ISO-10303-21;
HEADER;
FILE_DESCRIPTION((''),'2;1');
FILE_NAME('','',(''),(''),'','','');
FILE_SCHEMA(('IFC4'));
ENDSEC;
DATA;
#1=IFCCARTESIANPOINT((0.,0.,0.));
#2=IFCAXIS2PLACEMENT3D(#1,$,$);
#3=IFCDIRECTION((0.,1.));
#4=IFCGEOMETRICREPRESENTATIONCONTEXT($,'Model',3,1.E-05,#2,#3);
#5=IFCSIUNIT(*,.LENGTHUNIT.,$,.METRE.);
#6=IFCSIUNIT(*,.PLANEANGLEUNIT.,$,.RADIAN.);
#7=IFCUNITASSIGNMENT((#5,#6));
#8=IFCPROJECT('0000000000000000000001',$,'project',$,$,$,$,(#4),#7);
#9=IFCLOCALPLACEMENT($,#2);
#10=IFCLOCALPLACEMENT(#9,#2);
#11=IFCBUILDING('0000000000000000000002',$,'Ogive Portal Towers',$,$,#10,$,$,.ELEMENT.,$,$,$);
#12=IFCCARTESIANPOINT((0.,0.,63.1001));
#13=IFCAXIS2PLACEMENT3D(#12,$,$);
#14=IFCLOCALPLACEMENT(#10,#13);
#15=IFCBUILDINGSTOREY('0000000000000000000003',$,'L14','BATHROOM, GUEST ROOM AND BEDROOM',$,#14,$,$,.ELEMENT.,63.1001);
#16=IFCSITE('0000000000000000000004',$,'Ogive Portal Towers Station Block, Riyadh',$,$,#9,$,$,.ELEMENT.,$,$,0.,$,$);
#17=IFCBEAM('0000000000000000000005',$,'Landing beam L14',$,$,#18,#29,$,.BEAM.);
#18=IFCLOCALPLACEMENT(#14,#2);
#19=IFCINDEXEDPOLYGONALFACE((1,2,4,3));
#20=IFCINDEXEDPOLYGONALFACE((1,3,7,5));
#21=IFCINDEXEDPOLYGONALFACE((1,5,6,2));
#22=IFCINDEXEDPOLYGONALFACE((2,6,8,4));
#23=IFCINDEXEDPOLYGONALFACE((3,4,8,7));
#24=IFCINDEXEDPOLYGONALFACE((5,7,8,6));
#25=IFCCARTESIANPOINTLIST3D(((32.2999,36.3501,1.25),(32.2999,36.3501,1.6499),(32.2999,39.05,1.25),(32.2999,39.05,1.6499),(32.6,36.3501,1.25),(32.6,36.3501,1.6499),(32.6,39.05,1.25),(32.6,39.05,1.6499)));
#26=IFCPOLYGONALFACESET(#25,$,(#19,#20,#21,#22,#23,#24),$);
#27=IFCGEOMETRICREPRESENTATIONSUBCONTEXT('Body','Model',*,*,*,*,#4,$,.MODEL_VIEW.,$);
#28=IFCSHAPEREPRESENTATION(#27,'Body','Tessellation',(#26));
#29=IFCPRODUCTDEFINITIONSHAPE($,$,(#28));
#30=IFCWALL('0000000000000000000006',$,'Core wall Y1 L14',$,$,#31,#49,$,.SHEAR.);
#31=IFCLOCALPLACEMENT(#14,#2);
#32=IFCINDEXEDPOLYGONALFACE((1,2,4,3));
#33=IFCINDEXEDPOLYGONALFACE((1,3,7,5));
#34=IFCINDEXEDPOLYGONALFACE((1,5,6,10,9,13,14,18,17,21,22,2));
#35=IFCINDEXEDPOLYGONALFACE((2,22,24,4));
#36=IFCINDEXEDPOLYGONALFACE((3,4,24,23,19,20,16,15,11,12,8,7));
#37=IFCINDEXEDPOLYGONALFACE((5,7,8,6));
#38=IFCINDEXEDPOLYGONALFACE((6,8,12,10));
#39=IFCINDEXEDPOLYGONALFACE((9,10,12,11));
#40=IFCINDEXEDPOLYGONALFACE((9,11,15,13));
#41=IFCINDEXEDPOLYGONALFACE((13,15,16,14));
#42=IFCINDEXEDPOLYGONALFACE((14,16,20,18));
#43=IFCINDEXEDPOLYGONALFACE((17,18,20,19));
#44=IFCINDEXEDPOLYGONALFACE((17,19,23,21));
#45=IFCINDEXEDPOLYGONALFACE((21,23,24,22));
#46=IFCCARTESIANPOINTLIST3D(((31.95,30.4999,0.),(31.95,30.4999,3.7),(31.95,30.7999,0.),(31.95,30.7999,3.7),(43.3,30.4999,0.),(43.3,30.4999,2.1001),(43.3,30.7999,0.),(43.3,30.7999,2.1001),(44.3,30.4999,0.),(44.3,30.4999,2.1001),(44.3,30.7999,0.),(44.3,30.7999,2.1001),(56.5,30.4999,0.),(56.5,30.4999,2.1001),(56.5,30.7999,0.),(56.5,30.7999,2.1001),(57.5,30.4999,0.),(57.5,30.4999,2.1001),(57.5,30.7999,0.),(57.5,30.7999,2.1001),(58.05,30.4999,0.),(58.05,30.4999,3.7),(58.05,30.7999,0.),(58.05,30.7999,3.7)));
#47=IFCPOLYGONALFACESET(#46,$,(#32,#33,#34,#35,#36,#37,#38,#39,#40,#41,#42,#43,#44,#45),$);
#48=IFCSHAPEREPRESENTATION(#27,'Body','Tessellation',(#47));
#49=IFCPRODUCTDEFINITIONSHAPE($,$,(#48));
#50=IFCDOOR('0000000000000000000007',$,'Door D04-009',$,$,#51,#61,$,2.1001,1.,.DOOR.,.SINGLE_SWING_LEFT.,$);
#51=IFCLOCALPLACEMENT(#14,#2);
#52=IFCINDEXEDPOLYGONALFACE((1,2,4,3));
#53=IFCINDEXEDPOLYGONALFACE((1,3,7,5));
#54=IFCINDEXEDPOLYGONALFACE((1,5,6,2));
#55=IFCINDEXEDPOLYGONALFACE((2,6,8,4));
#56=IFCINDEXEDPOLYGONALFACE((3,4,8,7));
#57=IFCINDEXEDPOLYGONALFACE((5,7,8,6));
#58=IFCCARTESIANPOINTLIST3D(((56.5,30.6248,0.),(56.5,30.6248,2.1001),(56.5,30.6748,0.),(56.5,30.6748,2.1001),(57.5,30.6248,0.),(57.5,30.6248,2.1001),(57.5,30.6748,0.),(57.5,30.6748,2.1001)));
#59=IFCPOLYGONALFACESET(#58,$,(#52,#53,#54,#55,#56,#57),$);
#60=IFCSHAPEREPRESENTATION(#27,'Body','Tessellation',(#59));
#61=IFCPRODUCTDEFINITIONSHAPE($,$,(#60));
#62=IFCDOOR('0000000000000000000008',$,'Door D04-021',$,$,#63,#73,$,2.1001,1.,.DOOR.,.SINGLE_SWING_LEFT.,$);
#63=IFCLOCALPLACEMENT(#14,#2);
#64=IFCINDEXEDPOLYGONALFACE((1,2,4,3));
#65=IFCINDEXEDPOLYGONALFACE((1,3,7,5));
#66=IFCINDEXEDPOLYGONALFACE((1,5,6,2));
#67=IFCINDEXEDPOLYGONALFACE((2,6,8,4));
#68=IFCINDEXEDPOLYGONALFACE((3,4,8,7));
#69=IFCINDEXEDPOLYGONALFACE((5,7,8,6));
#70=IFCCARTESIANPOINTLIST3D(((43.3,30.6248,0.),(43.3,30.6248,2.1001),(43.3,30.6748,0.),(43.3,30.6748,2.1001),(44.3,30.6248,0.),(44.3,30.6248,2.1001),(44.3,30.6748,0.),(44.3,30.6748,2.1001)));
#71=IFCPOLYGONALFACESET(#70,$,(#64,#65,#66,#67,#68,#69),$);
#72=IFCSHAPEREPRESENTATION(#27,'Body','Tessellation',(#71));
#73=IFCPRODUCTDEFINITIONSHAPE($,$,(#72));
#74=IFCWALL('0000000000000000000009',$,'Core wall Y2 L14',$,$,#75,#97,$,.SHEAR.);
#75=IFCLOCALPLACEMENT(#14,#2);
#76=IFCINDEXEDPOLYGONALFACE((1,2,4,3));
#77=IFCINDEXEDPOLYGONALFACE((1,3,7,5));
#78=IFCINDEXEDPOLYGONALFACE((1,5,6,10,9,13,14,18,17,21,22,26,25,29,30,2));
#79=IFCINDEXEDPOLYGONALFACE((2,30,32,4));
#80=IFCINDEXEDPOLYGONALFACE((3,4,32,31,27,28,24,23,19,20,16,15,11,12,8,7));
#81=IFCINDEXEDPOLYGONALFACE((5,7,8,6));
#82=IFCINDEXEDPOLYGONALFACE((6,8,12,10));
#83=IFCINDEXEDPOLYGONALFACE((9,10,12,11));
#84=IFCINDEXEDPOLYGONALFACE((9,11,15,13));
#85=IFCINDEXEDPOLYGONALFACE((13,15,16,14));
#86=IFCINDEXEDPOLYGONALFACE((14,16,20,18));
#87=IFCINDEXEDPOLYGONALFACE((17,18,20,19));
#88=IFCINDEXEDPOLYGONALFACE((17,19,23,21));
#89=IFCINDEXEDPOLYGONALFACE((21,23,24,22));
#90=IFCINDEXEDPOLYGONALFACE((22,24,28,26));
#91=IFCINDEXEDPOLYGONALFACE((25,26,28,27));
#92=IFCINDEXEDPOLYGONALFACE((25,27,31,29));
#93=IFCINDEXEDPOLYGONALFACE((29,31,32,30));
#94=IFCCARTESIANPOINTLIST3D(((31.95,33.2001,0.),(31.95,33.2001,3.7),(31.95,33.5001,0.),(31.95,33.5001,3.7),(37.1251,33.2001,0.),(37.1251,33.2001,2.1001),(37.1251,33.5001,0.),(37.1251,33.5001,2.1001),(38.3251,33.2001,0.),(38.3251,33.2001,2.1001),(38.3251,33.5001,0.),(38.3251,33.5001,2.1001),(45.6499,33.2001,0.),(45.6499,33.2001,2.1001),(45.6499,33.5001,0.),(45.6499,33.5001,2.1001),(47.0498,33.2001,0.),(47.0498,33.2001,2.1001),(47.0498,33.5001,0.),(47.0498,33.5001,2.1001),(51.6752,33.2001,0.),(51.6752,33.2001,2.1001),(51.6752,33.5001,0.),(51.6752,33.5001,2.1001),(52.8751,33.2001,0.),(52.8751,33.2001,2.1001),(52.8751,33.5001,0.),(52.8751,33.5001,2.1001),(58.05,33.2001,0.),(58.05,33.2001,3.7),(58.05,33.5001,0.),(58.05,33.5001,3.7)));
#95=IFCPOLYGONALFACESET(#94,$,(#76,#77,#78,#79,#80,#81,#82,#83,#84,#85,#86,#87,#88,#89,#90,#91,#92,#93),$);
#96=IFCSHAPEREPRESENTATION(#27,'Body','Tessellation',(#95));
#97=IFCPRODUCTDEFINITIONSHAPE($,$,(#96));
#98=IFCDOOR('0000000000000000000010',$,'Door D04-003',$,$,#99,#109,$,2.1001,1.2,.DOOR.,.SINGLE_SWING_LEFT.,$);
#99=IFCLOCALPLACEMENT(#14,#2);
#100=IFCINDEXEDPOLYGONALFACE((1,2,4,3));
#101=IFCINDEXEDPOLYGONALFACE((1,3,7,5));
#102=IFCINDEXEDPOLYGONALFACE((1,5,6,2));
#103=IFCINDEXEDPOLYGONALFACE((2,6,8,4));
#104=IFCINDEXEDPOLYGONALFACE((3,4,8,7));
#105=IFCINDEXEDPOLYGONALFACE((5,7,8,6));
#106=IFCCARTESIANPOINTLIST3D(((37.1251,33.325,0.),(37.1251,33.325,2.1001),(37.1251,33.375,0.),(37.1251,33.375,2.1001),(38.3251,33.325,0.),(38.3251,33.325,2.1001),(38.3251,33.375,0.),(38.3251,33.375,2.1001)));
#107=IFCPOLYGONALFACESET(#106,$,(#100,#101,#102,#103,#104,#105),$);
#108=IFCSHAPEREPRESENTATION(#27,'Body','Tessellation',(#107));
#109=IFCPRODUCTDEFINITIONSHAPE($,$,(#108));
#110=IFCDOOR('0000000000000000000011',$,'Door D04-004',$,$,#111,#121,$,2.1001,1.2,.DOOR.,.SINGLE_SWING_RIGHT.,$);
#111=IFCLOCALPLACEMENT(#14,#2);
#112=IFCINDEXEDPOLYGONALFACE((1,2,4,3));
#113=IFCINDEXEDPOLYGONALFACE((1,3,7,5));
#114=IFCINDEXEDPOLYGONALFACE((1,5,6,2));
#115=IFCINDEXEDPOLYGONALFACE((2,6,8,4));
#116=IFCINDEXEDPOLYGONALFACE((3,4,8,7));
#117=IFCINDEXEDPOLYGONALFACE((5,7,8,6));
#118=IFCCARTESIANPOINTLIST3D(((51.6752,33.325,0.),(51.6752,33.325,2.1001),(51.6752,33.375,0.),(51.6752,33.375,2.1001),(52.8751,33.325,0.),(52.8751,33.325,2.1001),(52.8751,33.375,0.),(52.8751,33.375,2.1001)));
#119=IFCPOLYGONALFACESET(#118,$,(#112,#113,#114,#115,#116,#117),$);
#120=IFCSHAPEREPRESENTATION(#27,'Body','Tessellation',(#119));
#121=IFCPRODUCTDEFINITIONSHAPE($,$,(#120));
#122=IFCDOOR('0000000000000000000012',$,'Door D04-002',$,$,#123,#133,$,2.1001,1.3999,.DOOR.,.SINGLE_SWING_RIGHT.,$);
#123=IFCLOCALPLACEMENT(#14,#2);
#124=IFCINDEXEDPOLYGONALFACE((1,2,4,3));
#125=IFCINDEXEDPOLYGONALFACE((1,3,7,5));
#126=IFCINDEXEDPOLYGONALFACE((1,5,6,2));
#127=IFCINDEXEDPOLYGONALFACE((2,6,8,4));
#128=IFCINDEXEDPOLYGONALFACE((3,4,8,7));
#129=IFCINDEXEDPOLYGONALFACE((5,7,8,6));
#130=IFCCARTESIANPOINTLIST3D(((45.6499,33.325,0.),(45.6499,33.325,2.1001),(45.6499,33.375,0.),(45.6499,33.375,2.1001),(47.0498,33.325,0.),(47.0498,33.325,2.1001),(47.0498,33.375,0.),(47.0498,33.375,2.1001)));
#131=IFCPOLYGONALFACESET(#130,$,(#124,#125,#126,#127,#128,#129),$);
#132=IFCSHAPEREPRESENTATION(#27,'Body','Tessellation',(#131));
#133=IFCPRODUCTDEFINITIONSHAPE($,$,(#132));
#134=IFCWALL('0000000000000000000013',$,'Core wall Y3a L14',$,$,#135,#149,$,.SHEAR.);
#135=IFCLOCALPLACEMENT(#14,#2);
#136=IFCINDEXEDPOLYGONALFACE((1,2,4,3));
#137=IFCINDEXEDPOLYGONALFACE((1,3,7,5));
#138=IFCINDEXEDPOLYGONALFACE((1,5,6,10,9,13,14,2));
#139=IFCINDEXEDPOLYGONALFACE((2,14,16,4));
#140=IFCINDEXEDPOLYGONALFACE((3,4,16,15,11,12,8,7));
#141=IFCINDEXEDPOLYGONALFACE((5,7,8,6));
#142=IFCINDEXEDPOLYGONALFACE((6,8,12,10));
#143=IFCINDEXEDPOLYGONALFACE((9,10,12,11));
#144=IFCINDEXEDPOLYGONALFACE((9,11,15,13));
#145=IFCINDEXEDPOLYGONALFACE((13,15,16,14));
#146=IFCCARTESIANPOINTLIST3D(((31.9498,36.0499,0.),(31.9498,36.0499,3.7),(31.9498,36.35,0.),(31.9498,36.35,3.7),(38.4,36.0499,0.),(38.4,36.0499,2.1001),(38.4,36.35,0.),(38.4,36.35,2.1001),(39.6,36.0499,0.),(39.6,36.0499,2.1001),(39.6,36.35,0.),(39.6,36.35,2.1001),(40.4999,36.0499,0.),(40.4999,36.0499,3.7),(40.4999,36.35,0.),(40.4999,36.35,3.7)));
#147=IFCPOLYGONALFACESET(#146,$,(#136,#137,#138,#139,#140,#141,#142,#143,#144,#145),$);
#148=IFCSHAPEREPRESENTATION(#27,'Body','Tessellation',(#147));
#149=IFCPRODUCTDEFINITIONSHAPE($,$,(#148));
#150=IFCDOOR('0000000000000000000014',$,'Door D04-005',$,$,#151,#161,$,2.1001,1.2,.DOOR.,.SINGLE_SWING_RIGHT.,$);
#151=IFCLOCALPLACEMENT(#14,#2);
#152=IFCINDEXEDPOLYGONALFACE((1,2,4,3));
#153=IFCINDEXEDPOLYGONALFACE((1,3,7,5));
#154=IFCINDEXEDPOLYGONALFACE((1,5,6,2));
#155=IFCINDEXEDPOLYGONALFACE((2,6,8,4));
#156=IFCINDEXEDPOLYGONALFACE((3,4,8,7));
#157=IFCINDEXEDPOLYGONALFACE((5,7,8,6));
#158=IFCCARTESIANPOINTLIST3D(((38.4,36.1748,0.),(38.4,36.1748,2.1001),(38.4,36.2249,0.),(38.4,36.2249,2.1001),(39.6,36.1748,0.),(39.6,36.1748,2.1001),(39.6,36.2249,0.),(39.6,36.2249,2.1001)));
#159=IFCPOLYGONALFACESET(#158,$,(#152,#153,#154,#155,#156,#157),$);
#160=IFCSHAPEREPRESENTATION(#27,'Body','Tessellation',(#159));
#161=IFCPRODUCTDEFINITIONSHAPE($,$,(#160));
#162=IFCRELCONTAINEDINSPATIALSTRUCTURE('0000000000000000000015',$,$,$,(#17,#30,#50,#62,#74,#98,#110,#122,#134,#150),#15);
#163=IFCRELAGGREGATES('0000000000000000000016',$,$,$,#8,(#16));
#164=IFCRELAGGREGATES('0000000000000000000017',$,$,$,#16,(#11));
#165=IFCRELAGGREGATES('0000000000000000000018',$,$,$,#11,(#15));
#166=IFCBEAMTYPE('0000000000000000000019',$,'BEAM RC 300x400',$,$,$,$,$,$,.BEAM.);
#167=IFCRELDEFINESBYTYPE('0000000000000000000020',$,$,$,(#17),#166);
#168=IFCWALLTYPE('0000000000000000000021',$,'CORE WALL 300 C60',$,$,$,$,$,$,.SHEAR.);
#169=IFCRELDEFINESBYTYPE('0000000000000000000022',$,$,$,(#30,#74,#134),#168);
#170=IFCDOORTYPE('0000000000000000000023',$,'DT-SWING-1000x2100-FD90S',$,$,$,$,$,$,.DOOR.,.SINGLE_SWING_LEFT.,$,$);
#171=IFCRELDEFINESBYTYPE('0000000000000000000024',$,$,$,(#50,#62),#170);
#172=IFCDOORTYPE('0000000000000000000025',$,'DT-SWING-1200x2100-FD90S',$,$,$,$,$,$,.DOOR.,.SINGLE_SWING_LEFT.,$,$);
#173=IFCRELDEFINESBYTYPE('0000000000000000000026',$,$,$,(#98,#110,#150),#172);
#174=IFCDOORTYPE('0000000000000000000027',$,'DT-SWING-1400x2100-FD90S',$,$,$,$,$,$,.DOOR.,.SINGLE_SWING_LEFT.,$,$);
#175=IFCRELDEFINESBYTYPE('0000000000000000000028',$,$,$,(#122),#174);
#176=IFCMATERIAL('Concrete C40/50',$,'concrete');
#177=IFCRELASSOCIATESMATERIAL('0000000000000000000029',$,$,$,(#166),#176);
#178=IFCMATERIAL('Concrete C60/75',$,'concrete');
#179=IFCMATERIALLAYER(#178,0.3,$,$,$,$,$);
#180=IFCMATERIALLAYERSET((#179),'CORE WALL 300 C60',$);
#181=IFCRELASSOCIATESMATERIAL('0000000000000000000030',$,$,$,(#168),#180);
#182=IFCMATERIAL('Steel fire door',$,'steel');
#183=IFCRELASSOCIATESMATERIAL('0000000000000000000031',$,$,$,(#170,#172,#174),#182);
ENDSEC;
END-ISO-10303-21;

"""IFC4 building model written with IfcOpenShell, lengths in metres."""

from ifc_helpers import new_model, si_unit, direction, frame, frame_2d, origin, origin_2d, place, context, subcontext, project, spatial, rectangle, extrude, material, layer, layer_set, material_profile, profile_set, type_object, element, fill, save


model = new_model("IFC4")

# Units and contexts
model_context = context("Model", 3, precision=1e-05, world=origin(), true_north=direction((0.0, 1.0)))
body_context = subcontext(model_context, "Body", "Model", "MODEL_VIEW")
ifc_project = project(units=[si_unit("LENGTHUNIT", "METRE"), si_unit("PLANEANGLEUNIT", "RADIAN")], contexts=[model_context])

# Site, building, storey
site_placement = place(None, origin())
site = spatial("IfcSite", under=ifc_project, at=site_placement, Name="Ogive Portal Towers Station Block, Riyadh", CompositionType="ELEMENT", RefElevation=0.0)
building_placement = place(site_placement, origin())
building = spatial("IfcBuilding", under=site, at=building_placement, Name="Ogive Portal Towers", CompositionType="ELEMENT")
storey_placement = place(building_placement, frame((0.0, 0.0, 63.1001)))
storey = spatial("IfcBuildingStorey", under=building, at=storey_placement, Name="L14", Description="BATHROOM, GUEST ROOM AND BEDROOM", CompositionType="ELEMENT", Elevation=63.1001)

# Beam
ifc_material_1 = material(Name="Concrete C40/50", Category="concrete")
ifc_material_profile = material_profile(ifc_material_1, rectangle(XDim=0.3, YDim=0.3999, at=origin_2d()), Name="RC 300x400")
ifc_profile_set = profile_set([ifc_material_profile], Name="Concrete C40/50")
beam_type = type_object("IfcBeamType", Name="BEAM RC 300x400", PredefinedType="BEAM", material=ifc_profile_set)
beam_placement = place(storey_placement, frame((32.45, 36.3501, 1.45), z_axis=(0.0, 1.0, 0.0), x_axis=(-1.0, 0.0, 0.0)))
element("IfcBeam", 1, at=beam_placement, inside=storey, type_object=beam_type, Name="Landing beam L14", PredefinedType="BEAM", context=body_context, shape_type="SweptSolid", body=[
    extrude(rectangle(XDim=0.3, YDim=0.3999, at=origin_2d()), origin(), (0.0, 0.0, 1.0), 2.7),
])

# Walls, openings, doors
ifc_material_2 = material(Name="Concrete C60/75", Category="concrete")
ifc_layer = layer(ifc_material_2, 0.3)
ifc_layer_set = layer_set([ifc_layer], Name="CORE WALL 300 C60")
wall_type = type_object("IfcWallType", Name="CORE WALL 300 C60", PredefinedType="SHEAR", material=ifc_layer_set)
wall_1_placement = place(storey_placement, frame((31.95, 30.6499, 0.0), z_axis=(0.0, 0.0, 1.0), x_axis=(1.0, 0.0, 0.0)))
wall_1 = element("IfcWall", 2, at=wall_1_placement, inside=storey, type_object=wall_type, Name="Core wall Y1 L14", PredefinedType="SHEAR", context=body_context, shape_type="SweptSolid", body=[
    extrude(rectangle(XDim=26.1001, YDim=0.3, at=frame_2d((13.05, 0.0))), origin(), (0.0, 0.0, 1.0), 3.7),
])
opening_1_placement = place(wall_1_placement, frame((24.55, 0.0, 0.0)))
opening_1 = element("IfcOpeningElement", 3, at=opening_1_placement, cuts=wall_1, PredefinedType="OPENING", context=body_context, shape_type="SweptSolid", body=[
    extrude(rectangle(XDim=1.0, YDim=2.1001, at=frame_2d((0.5, 1.05))), frame((0.0, 0.1602, 0.0), z_axis=(0.0, -1.0, 0.0), x_axis=(1.0, 0.0, 0.0)), (0.0, 0.0, 1.0), 0.3201),
])
opening_2_placement = place(wall_1_placement, frame((11.3501, 0.0, 0.0)))
opening_2 = element("IfcOpeningElement", 4, at=opening_2_placement, cuts=wall_1, PredefinedType="OPENING", context=body_context, shape_type="SweptSolid", body=[
    extrude(rectangle(XDim=1.0, YDim=2.1001, at=frame_2d((0.5, 1.05))), frame((0.0, 0.1602, 0.0), z_axis=(0.0, -1.0, 0.0), x_axis=(1.0, 0.0, 0.0)), (0.0, 0.0, 1.0), 0.3201),
])
ifc_material_3 = material(Name="Steel fire door", Category="steel")
door_type_1 = type_object("IfcDoorType", Name="DT-SWING-1000x2100-FD90S", OperationType="SINGLE_SWING_LEFT", PredefinedType="DOOR", material=ifc_material_3)
door_1_placement = place(opening_1_placement, origin())
door_1 = element("IfcDoor", 5, at=door_1_placement, inside=storey, type_object=door_type_1, Name="Door D04-009", OperationType="SINGLE_SWING_LEFT", OverallHeight=2.1001, OverallWidth=1.0, PredefinedType="DOOR", context=body_context, shape_type="SweptSolid", body=[
    extrude(rectangle(XDim=1.0, YDim=2.1001, at=frame_2d((0.5, 1.05))), frame((0.0, 0.0249, 0.0), z_axis=(0.0, -1.0, 0.0), x_axis=(1.0, 0.0, 0.0)), (0.0, 0.0, 1.0), 0.05),
])
fill(opening_1, door_1)
door_2_placement = place(opening_2_placement, origin())
door_2 = element("IfcDoor", 6, at=door_2_placement, inside=storey, type_object=door_type_1, Name="Door D04-021", OperationType="SINGLE_SWING_LEFT", OverallHeight=2.1001, OverallWidth=1.0, PredefinedType="DOOR", context=body_context, shape_type="SweptSolid", body=[
    extrude(rectangle(XDim=1.0, YDim=2.1001, at=frame_2d((0.5, 1.05))), frame((0.0, 0.0249, 0.0), z_axis=(0.0, -1.0, 0.0), x_axis=(1.0, 0.0, 0.0)), (0.0, 0.0, 1.0), 0.05),
])
fill(opening_2, door_2)
wall_2_placement = place(storey_placement, frame((31.95, 33.3501, 0.0), z_axis=(0.0, 0.0, 1.0), x_axis=(1.0, 0.0, 0.0)))
wall_2 = element("IfcWall", 7, at=wall_2_placement, inside=storey, type_object=wall_type, Name="Core wall Y2 L14", PredefinedType="SHEAR", context=body_context, shape_type="SweptSolid", body=[
    extrude(rectangle(XDim=26.1001, YDim=0.3, at=frame_2d((13.05, 0.0))), origin(), (0.0, 0.0, 1.0), 3.7),
])
opening_3_placement = place(wall_2_placement, frame((13.7, 0.0, 0.0)))
opening_3 = element("IfcOpeningElement", 8, at=opening_3_placement, cuts=wall_2, PredefinedType="OPENING", context=body_context, shape_type="SweptSolid", body=[
    extrude(rectangle(XDim=1.3999, YDim=2.1001, at=frame_2d((0.7, 1.05))), frame((0.0, 0.1602, 0.0), z_axis=(0.0, -1.0, 0.0), x_axis=(1.0, 0.0, 0.0)), (0.0, 0.0, 1.0), 0.3201),
])
opening_4_placement = place(wall_2_placement, frame((5.175, 0.0, 0.0)))
opening_4 = element("IfcOpeningElement", 9, at=opening_4_placement, cuts=wall_2, PredefinedType="OPENING", context=body_context, shape_type="SweptSolid", body=[
    extrude(rectangle(XDim=1.2, YDim=2.1001, at=frame_2d((0.6001, 1.05))), frame((0.0, 0.1602, 0.0), z_axis=(0.0, -1.0, 0.0), x_axis=(1.0, 0.0, 0.0)), (0.0, 0.0, 1.0), 0.3201),
])
opening_5_placement = place(wall_2_placement, frame((19.7251, 0.0, 0.0)))
opening_5 = element("IfcOpeningElement", 10, at=opening_5_placement, cuts=wall_2, PredefinedType="OPENING", context=body_context, shape_type="SweptSolid", body=[
    extrude(rectangle(XDim=1.2, YDim=2.1001, at=frame_2d((0.6001, 1.05))), frame((0.0, 0.1602, 0.0), z_axis=(0.0, -1.0, 0.0), x_axis=(1.0, 0.0, 0.0)), (0.0, 0.0, 1.0), 0.3201),
])
door_type_2 = type_object("IfcDoorType", Name="DT-SWING-1200x2100-FD90S", OperationType="SINGLE_SWING_LEFT", PredefinedType="DOOR", material=ifc_material_3)
door_3_placement = place(opening_4_placement, origin())
door_3 = element("IfcDoor", 11, at=door_3_placement, inside=storey, type_object=door_type_2, Name="Door D04-003", OperationType="SINGLE_SWING_LEFT", OverallHeight=2.1001, OverallWidth=1.2, PredefinedType="DOOR", context=body_context, shape_type="SweptSolid", body=[
    extrude(rectangle(XDim=1.2, YDim=2.1001, at=frame_2d((0.6001, 1.05))), frame((0.0, 0.0249, 0.0), z_axis=(0.0, -1.0, 0.0), x_axis=(1.0, 0.0, 0.0)), (0.0, 0.0, 1.0), 0.05),
])
fill(opening_4, door_3)
door_4_placement = place(opening_5_placement, origin())
door_4 = element("IfcDoor", 12, at=door_4_placement, inside=storey, type_object=door_type_2, Name="Door D04-004", OperationType="SINGLE_SWING_RIGHT", OverallHeight=2.1001, OverallWidth=1.2, PredefinedType="DOOR", context=body_context, shape_type="SweptSolid", body=[
    extrude(rectangle(XDim=1.2, YDim=2.1001, at=frame_2d((0.6001, 1.05))), frame((0.0, 0.0249, 0.0), z_axis=(0.0, -1.0, 0.0), x_axis=(1.0, 0.0, 0.0)), (0.0, 0.0, 1.0), 0.05),
])
fill(opening_5, door_4)
door_type_3 = type_object("IfcDoorType", Name="DT-SWING-1400x2100-FD90S", OperationType="SINGLE_SWING_LEFT", PredefinedType="DOOR", material=ifc_material_3)
door_5_placement = place(opening_3_placement, origin())
door_5 = element("IfcDoor", 13, at=door_5_placement, inside=storey, type_object=door_type_3, Name="Door D04-002", OperationType="SINGLE_SWING_RIGHT", OverallHeight=2.1001, OverallWidth=1.3999, PredefinedType="DOOR", context=body_context, shape_type="SweptSolid", body=[
    extrude(rectangle(XDim=1.3999, YDim=2.1001, at=frame_2d((0.7, 1.05))), frame((0.0, 0.0249, 0.0), z_axis=(0.0, -1.0, 0.0), x_axis=(1.0, 0.0, 0.0)), (0.0, 0.0, 1.0), 0.05),
])
fill(opening_3, door_5)

# Wall, opening, door
wall_3_placement = place(storey_placement, frame((31.95, 36.2, 0.0), z_axis=(0.0, 0.0, 1.0), x_axis=(1.0, 0.0, 0.0)))
wall_3 = element("IfcWall", 14, at=wall_3_placement, inside=storey, type_object=wall_type, Name="Core wall Y3a L14", PredefinedType="SHEAR", context=body_context, shape_type="SweptSolid", body=[
    extrude(rectangle(XDim=8.55, YDim=0.3, at=frame_2d((4.2749, 0.0))), origin(), (0.0, 0.0, 1.0), 3.7),
])
opening_6_placement = place(wall_3_placement, frame((6.45, 0.0, 0.0)))
opening_6 = element("IfcOpeningElement", 15, at=opening_6_placement, cuts=wall_3, PredefinedType="OPENING", context=body_context, shape_type="SweptSolid", body=[
    extrude(rectangle(XDim=1.2, YDim=2.1001, at=frame_2d((0.6001, 1.05))), frame((0.0, 0.1602, 0.0), z_axis=(0.0, -1.0, 0.0), x_axis=(1.0, 0.0, 0.0)), (0.0, 0.0, 1.0), 0.3201),
])
door_6_placement = place(opening_6_placement, origin())
door_6 = element("IfcDoor", 16, at=door_6_placement, inside=storey, type_object=door_type_2, Name="Door D04-005", OperationType="SINGLE_SWING_RIGHT", OverallHeight=2.1001, OverallWidth=1.2, PredefinedType="DOOR", context=body_context, shape_type="SweptSolid", body=[
    extrude(rectangle(XDim=1.2, YDim=2.1001, at=frame_2d((0.6001, 1.05))), frame((0.0, 0.0249, 0.0), z_axis=(0.0, -1.0, 0.0), x_axis=(1.0, 0.0, 0.0)), (0.0, 0.0, 1.0), 0.05),
])
fill(opening_6, door_6)

save(model, "model.ifc")
